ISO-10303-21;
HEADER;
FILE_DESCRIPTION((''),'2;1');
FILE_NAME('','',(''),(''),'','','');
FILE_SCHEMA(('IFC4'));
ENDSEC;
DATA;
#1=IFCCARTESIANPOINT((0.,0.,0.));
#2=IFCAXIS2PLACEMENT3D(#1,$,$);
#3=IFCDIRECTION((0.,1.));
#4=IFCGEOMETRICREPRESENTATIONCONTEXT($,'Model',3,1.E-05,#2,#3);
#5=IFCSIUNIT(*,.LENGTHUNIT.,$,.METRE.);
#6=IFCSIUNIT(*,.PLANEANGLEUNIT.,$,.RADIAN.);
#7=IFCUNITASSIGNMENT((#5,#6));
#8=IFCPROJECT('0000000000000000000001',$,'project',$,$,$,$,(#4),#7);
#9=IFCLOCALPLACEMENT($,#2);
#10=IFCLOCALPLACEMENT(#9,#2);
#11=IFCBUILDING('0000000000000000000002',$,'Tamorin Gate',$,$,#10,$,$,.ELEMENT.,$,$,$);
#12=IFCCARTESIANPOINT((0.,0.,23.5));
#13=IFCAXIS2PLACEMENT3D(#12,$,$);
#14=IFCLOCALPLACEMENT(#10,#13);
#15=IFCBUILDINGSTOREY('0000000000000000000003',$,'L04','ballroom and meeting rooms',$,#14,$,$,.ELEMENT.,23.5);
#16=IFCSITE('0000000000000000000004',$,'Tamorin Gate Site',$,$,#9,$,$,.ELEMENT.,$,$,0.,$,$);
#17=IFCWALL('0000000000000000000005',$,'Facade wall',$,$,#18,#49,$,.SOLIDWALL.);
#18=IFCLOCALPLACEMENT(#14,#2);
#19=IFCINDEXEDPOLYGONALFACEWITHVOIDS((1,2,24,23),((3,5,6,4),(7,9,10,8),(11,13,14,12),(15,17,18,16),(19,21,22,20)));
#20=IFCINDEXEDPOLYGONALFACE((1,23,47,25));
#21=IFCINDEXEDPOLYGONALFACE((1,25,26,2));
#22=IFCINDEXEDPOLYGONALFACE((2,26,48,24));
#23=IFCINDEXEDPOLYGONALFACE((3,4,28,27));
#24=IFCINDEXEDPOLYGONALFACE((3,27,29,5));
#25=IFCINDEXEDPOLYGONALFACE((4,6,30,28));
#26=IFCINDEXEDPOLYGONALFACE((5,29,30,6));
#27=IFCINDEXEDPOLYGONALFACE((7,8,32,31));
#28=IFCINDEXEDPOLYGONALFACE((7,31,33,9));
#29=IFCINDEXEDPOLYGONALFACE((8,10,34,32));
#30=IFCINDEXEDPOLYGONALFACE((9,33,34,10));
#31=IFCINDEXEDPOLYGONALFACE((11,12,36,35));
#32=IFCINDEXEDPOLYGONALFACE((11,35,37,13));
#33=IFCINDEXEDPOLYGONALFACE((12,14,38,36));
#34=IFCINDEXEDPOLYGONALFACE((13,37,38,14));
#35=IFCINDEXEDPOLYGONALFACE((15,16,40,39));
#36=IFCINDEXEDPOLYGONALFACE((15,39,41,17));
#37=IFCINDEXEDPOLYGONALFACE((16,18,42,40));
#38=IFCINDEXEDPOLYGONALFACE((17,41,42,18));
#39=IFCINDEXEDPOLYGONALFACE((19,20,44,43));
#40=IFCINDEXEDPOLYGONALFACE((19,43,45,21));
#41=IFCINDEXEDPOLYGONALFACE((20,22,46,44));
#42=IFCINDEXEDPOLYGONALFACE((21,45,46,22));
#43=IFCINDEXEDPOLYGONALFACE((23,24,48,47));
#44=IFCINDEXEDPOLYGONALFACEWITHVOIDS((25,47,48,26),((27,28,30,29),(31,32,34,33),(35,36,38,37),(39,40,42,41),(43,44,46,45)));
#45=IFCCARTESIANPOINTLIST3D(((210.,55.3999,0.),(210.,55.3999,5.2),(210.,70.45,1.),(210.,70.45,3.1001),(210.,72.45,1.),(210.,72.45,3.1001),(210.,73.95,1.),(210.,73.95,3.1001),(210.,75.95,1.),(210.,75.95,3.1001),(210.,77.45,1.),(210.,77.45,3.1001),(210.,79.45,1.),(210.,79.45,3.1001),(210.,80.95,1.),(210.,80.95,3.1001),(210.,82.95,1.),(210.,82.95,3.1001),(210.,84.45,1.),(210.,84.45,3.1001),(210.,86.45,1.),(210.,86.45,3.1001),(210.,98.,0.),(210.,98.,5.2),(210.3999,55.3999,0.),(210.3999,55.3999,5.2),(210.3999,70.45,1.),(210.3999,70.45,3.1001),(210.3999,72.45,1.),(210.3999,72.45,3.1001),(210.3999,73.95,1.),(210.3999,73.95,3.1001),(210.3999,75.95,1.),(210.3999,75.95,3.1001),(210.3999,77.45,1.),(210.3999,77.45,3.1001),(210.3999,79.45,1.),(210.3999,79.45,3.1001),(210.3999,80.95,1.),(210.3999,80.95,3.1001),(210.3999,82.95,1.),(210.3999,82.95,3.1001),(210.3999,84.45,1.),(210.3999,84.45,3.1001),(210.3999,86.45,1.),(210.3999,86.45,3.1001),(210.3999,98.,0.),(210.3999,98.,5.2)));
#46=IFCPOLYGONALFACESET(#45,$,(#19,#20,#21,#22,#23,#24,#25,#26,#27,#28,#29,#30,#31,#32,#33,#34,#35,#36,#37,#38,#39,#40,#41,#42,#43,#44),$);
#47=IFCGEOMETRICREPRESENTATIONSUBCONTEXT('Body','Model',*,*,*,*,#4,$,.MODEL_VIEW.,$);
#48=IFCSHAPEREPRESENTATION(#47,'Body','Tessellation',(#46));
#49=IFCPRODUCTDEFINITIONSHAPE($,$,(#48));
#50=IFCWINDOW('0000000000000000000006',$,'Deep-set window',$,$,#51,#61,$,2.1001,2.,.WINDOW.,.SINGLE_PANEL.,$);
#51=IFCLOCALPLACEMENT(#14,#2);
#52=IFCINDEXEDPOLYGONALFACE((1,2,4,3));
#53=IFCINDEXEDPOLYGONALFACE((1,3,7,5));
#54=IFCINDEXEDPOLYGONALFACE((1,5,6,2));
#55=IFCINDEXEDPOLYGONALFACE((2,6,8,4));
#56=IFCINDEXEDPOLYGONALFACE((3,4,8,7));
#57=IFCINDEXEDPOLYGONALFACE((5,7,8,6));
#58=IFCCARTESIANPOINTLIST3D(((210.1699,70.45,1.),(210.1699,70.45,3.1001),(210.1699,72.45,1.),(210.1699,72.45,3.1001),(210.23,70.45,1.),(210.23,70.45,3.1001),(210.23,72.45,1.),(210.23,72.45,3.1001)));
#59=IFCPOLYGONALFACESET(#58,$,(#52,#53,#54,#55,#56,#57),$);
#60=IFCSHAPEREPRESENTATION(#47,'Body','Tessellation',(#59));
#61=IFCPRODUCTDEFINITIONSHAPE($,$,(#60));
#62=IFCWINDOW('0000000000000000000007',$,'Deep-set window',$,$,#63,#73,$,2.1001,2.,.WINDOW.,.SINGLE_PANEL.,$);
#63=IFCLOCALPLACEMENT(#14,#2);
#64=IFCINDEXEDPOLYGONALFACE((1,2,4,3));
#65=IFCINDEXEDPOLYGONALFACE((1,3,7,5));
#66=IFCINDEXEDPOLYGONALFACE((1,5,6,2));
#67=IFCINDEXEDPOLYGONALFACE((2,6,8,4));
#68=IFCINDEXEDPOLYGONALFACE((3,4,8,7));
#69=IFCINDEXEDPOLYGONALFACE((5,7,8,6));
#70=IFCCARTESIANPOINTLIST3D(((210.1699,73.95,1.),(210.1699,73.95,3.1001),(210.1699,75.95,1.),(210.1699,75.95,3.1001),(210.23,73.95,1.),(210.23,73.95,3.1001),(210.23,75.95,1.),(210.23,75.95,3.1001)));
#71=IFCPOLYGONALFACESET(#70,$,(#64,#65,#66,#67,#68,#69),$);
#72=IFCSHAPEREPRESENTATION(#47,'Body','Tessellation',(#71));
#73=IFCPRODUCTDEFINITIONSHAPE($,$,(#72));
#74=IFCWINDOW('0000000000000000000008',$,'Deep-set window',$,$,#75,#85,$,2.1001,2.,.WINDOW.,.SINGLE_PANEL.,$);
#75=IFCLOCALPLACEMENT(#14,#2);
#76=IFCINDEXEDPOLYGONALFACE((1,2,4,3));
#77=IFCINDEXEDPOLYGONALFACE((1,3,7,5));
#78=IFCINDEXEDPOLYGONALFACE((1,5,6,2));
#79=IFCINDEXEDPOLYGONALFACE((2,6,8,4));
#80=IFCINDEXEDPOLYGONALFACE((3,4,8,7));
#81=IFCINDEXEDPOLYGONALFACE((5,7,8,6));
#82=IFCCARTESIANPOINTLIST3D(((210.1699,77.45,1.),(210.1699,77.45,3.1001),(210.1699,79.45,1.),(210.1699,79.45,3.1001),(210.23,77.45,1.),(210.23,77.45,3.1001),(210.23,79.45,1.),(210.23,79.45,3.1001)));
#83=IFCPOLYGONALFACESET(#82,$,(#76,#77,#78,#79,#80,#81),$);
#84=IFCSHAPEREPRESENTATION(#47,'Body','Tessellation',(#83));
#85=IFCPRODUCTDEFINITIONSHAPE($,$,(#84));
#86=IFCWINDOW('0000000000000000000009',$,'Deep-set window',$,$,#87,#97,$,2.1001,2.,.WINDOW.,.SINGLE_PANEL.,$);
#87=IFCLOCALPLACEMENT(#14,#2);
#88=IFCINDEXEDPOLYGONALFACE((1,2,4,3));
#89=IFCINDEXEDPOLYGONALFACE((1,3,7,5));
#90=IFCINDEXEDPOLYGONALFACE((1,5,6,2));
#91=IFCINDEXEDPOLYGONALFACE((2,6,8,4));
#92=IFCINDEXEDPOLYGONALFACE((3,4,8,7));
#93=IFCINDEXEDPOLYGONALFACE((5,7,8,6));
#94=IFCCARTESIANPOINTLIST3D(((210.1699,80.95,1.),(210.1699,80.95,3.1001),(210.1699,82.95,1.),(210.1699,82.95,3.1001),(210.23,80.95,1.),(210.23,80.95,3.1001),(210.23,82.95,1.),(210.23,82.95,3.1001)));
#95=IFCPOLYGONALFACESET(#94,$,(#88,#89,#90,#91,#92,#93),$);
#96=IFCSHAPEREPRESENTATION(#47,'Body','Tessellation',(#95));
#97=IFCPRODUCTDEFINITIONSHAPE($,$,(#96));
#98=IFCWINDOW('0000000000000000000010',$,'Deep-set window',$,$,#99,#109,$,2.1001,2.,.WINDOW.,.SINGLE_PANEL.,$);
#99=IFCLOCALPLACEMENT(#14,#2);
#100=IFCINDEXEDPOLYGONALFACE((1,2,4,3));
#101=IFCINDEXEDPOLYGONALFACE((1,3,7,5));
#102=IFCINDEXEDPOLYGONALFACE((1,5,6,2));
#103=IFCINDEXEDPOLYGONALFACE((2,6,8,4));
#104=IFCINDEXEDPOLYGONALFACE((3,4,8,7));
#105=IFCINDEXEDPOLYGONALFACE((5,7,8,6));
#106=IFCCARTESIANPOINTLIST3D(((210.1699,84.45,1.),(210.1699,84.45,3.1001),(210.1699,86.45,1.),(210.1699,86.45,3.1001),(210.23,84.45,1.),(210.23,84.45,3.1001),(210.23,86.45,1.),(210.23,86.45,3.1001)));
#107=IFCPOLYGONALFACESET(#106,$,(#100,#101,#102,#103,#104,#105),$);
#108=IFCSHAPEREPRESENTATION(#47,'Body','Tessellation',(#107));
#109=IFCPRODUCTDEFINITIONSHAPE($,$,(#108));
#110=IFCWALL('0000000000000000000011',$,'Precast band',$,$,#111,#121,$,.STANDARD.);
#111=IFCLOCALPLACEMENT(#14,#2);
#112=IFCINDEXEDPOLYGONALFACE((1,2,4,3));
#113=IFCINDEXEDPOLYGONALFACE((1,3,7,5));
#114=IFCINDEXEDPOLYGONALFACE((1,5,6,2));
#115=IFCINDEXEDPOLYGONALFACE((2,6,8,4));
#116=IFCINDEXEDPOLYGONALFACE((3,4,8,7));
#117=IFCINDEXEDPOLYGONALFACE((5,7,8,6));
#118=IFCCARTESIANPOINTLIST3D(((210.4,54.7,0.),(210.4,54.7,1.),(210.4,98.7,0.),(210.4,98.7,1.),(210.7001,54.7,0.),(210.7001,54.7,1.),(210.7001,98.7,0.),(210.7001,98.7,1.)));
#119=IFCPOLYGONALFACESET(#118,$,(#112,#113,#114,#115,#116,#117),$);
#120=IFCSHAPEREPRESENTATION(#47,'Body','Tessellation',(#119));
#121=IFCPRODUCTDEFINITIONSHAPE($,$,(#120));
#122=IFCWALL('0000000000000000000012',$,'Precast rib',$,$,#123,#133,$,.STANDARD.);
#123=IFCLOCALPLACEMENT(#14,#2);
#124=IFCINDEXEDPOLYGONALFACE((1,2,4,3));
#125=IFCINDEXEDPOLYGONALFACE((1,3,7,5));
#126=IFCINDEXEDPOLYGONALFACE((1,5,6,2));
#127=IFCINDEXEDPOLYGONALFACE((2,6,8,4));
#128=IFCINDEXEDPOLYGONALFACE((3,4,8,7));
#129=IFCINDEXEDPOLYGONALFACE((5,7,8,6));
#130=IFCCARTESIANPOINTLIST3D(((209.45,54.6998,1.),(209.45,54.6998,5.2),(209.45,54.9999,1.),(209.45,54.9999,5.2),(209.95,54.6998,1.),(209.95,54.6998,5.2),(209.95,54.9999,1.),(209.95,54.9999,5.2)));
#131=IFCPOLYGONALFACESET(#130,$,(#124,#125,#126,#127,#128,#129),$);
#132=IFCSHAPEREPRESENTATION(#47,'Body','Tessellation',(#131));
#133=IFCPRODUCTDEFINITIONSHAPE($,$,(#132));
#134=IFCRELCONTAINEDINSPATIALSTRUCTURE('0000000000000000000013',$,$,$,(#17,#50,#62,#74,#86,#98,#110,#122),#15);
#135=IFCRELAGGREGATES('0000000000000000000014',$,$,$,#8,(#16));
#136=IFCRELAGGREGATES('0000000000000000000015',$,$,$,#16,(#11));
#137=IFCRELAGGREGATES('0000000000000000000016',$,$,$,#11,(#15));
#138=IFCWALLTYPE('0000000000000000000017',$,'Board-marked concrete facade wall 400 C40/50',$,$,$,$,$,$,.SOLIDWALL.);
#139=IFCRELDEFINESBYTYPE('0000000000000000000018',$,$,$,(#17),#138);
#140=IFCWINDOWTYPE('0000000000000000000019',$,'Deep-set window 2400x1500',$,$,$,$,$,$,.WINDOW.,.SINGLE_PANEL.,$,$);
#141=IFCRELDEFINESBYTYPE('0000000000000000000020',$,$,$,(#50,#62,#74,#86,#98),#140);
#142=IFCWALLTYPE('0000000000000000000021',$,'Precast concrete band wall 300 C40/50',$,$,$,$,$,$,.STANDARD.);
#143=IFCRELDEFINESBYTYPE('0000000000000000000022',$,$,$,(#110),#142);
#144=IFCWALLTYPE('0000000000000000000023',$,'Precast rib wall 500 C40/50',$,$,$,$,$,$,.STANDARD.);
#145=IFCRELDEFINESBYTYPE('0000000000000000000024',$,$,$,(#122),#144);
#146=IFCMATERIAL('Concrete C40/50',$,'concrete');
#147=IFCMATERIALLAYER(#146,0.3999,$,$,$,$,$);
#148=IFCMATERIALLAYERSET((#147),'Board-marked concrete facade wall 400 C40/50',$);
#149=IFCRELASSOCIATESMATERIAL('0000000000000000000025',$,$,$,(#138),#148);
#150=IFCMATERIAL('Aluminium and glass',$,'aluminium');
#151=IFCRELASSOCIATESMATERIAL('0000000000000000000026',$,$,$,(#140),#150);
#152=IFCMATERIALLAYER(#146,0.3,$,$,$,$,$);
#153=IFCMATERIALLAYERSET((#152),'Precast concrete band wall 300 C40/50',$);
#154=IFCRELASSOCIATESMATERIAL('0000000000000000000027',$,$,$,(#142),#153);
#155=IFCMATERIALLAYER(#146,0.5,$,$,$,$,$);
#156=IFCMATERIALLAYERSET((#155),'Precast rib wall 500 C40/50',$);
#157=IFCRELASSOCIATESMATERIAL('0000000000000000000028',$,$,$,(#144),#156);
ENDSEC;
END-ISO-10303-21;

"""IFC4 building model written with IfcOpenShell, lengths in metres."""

from ifc_helpers import new_model, si_unit, direction, frame, frame_2d, origin, place, context, subcontext, project, spatial, rectangle, extrude, material, layer, layer_set, type_object, element, fill, save


model = new_model("IFC4")

# Units and contexts
model_context = context("Model", 3, precision=1e-05, world=origin(), true_north=direction((0.0, 1.0)))
body_context = subcontext(model_context, "Body", "Model", "MODEL_VIEW")
ifc_project = project(units=[si_unit("LENGTHUNIT", "METRE"), si_unit("PLANEANGLEUNIT", "RADIAN")], contexts=[model_context])

# Site, building, storey
site_placement = place(None, origin())
site = spatial("IfcSite", under=ifc_project, at=site_placement, Name="Tamorin Gate Site", CompositionType="ELEMENT", RefElevation=0.0)
building_placement = place(site_placement, origin())
building = spatial("IfcBuilding", under=site, at=building_placement, Name="Tamorin Gate", CompositionType="ELEMENT")
storey_placement = place(building_placement, frame((0.0, 0.0, 23.5)))
storey = spatial("IfcBuildingStorey", under=building, at=storey_placement, Name="L04", Description="ballroom and meeting rooms", CompositionType="ELEMENT", Elevation=23.5)

# Wall, openings, windows
ifc_material_1 = material(Name="Concrete C40/50", Category="concrete")
ifc_layer_1 = layer(ifc_material_1, 0.3999)
ifc_layer_set_1 = layer_set([ifc_layer_1], Name="Board-marked concrete facade wall 400 C40/50")
wall_type_1 = type_object("IfcWallType", Name="Board-marked concrete facade wall 400 C40/50", PredefinedType="SOLIDWALL", material=ifc_layer_set_1)
wall_1_placement = place(storey_placement, frame((210.2, 55.3999, 0.0), z_axis=(0.0, 0.0, 1.0), x_axis=(0.0, 1.0, 0.0)))
wall_1 = element("IfcWall", 1, at=wall_1_placement, inside=storey, type_object=wall_type_1, Name="Facade wall", PredefinedType="SOLIDWALL", context=body_context, shape_type="SweptSolid", body=[
    extrude(rectangle(XDim=42.6001, YDim=0.3999, at=frame_2d((21.3, 0.0))), origin(), (0.0, 0.0, 1.0), 5.2),
])
opening_1_placement = place(wall_1_placement, frame((15.05, 0.0, 1.0)))
opening_1 = element("IfcOpeningElement", 2, at=opening_1_placement, cuts=wall_1, PredefinedType="OPENING", context=body_context, shape_type="SweptSolid", body=[
    extrude(rectangle(XDim=2.0, YDim=2.1001, at=frame_2d((1.0, 1.05))), frame((0.0, 0.21, 0.0), z_axis=(0.0, -1.0, 0.0), x_axis=(1.0, 0.0, 0.0)), (0.0, 0.0, 1.0), 0.4199),
])
opening_2_placement = place(wall_1_placement, frame((18.55, 0.0, 1.0)))
opening_2 = element("IfcOpeningElement", 3, at=opening_2_placement, cuts=wall_1, PredefinedType="OPENING", context=body_context, shape_type="SweptSolid", body=[
    extrude(rectangle(XDim=2.0, YDim=2.1001, at=frame_2d((1.0, 1.05))), frame((0.0, 0.21, 0.0), z_axis=(0.0, -1.0, 0.0), x_axis=(1.0, 0.0, 0.0)), (0.0, 0.0, 1.0), 0.4199),
])
opening_3_placement = place(wall_1_placement, frame((22.05, 0.0, 1.0)))
opening_3 = element("IfcOpeningElement", 4, at=opening_3_placement, cuts=wall_1, PredefinedType="OPENING", context=body_context, shape_type="SweptSolid", body=[
    extrude(rectangle(XDim=2.0, YDim=2.1001, at=frame_2d((1.0, 1.05))), frame((0.0, 0.21, 0.0), z_axis=(0.0, -1.0, 0.0), x_axis=(1.0, 0.0, 0.0)), (0.0, 0.0, 1.0), 0.4199),
])
opening_4_placement = place(wall_1_placement, frame((25.55, 0.0, 1.0)))
opening_4 = element("IfcOpeningElement", 5, at=opening_4_placement, cuts=wall_1, PredefinedType="OPENING", context=body_context, shape_type="SweptSolid", body=[
    extrude(rectangle(XDim=2.0, YDim=2.1001, at=frame_2d((1.0, 1.05))), frame((0.0, 0.21, 0.0), z_axis=(0.0, -1.0, 0.0), x_axis=(1.0, 0.0, 0.0)), (0.0, 0.0, 1.0), 0.4199),
])
opening_5_placement = place(wall_1_placement, frame((29.05, 0.0, 1.0)))
opening_5 = element("IfcOpeningElement", 6, at=opening_5_placement, cuts=wall_1, PredefinedType="OPENING", context=body_context, shape_type="SweptSolid", body=[
    extrude(rectangle(XDim=2.0, YDim=2.1001, at=frame_2d((1.0, 1.05))), frame((0.0, 0.21, 0.0), z_axis=(0.0, -1.0, 0.0), x_axis=(1.0, 0.0, 0.0)), (0.0, 0.0, 1.0), 0.4199),
])
ifc_material_2 = material(Name="Aluminium and glass", Category="aluminium")
window_type = type_object("IfcWindowType", Name="Deep-set window 2400x1500", PartitioningType="SINGLE_PANEL", PredefinedType="WINDOW", material=ifc_material_2)
window_1_placement = place(opening_1_placement, origin())
window_1 = element("IfcWindow", 7, at=window_1_placement, inside=storey, type_object=window_type, Name="Deep-set window", OverallHeight=2.1001, OverallWidth=2.0, PartitioningType="SINGLE_PANEL", PredefinedType="WINDOW", context=body_context, shape_type="SweptSolid", body=[
    extrude(rectangle(XDim=2.0, YDim=2.1001, at=frame_2d((1.0, 1.05))), frame((0.0, 0.03, 0.0), z_axis=(0.0, -1.0, 0.0), x_axis=(1.0, 0.0, 0.0)), (0.0, 0.0, 1.0), 0.0601),
])
fill(opening_1, window_1)
window_2_placement = place(opening_2_placement, origin())
window_2 = element("IfcWindow", 8, at=window_2_placement, inside=storey, type_object=window_type, Name="Deep-set window", OverallHeight=2.1001, OverallWidth=2.0, PartitioningType="SINGLE_PANEL", PredefinedType="WINDOW", context=body_context, shape_type="SweptSolid", body=[
    extrude(rectangle(XDim=2.0, YDim=2.1001, at=frame_2d((1.0, 1.05))), frame((0.0, 0.03, 0.0), z_axis=(0.0, -1.0, 0.0), x_axis=(1.0, 0.0, 0.0)), (0.0, 0.0, 1.0), 0.0601),
])
fill(opening_2, window_2)
window_3_placement = place(opening_3_placement, origin())
window_3 = element("IfcWindow", 9, at=window_3_placement, inside=storey, type_object=window_type, Name="Deep-set window", OverallHeight=2.1001, OverallWidth=2.0, PartitioningType="SINGLE_PANEL", PredefinedType="WINDOW", context=body_context, shape_type="SweptSolid", body=[
    extrude(rectangle(XDim=2.0, YDim=2.1001, at=frame_2d((1.0, 1.05))), frame((0.0, 0.03, 0.0), z_axis=(0.0, -1.0, 0.0), x_axis=(1.0, 0.0, 0.0)), (0.0, 0.0, 1.0), 0.0601),
])
fill(opening_3, window_3)
window_4_placement = place(opening_4_placement, origin())
window_4 = element("IfcWindow", 10, at=window_4_placement, inside=storey, type_object=window_type, Name="Deep-set window", OverallHeight=2.1001, OverallWidth=2.0, PartitioningType="SINGLE_PANEL", PredefinedType="WINDOW", context=body_context, shape_type="SweptSolid", body=[
    extrude(rectangle(XDim=2.0, YDim=2.1001, at=frame_2d((1.0, 1.05))), frame((0.0, 0.03, 0.0), z_axis=(0.0, -1.0, 0.0), x_axis=(1.0, 0.0, 0.0)), (0.0, 0.0, 1.0), 0.0601),
])
fill(opening_4, window_4)
window_5_placement = place(opening_5_placement, origin())
window_5 = element("IfcWindow", 11, at=window_5_placement, inside=storey, type_object=window_type, Name="Deep-set window", OverallHeight=2.1001, OverallWidth=2.0, PartitioningType="SINGLE_PANEL", PredefinedType="WINDOW", context=body_context, shape_type="SweptSolid", body=[
    extrude(rectangle(XDim=2.0, YDim=2.1001, at=frame_2d((1.0, 1.05))), frame((0.0, 0.03, 0.0), z_axis=(0.0, -1.0, 0.0), x_axis=(1.0, 0.0, 0.0)), (0.0, 0.0, 1.0), 0.0601),
])
fill(opening_5, window_5)

# Walls
ifc_layer_2 = layer(ifc_material_1, 0.3)
ifc_layer_set_2 = layer_set([ifc_layer_2], Name="Precast concrete band wall 300 C40/50")
wall_type_2 = type_object("IfcWallType", Name="Precast concrete band wall 300 C40/50", PredefinedType="STANDARD", material=ifc_layer_set_2)
wall_2_placement = place(storey_placement, frame((210.55, 54.7, 0.0), z_axis=(0.0, 0.0, 1.0), x_axis=(0.0, 1.0, 0.0)))
element("IfcWall", 12, at=wall_2_placement, inside=storey, type_object=wall_type_2, Name="Precast band", PredefinedType="STANDARD", context=body_context, shape_type="SweptSolid", body=[
    extrude(rectangle(XDim=44.0, YDim=0.3, at=frame_2d((22.0, 0.0))), origin(), (0.0, 0.0, 1.0), 1.0),
])
ifc_layer_3 = layer(ifc_material_1, 0.5)
ifc_layer_set_3 = layer_set([ifc_layer_3], Name="Precast rib wall 500 C40/50")
wall_type_3 = type_object("IfcWallType", Name="Precast rib wall 500 C40/50", PredefinedType="STANDARD", material=ifc_layer_set_3)
wall_3_placement = place(storey_placement, frame((209.7, 54.7, 1.0), z_axis=(0.0, 0.0, 1.0), x_axis=(0.0, 1.0, 0.0)))
element("IfcWall", 13, at=wall_3_placement, inside=storey, type_object=wall_type_3, Name="Precast rib", PredefinedType="STANDARD", context=body_context, shape_type="SweptSolid", body=[
    extrude(rectangle(XDim=0.3, YDim=0.5, at=frame_2d((0.1499, 0.0))), origin(), (0.0, 0.0, 1.0), 4.2),
])

save(model, "model.ifc")
